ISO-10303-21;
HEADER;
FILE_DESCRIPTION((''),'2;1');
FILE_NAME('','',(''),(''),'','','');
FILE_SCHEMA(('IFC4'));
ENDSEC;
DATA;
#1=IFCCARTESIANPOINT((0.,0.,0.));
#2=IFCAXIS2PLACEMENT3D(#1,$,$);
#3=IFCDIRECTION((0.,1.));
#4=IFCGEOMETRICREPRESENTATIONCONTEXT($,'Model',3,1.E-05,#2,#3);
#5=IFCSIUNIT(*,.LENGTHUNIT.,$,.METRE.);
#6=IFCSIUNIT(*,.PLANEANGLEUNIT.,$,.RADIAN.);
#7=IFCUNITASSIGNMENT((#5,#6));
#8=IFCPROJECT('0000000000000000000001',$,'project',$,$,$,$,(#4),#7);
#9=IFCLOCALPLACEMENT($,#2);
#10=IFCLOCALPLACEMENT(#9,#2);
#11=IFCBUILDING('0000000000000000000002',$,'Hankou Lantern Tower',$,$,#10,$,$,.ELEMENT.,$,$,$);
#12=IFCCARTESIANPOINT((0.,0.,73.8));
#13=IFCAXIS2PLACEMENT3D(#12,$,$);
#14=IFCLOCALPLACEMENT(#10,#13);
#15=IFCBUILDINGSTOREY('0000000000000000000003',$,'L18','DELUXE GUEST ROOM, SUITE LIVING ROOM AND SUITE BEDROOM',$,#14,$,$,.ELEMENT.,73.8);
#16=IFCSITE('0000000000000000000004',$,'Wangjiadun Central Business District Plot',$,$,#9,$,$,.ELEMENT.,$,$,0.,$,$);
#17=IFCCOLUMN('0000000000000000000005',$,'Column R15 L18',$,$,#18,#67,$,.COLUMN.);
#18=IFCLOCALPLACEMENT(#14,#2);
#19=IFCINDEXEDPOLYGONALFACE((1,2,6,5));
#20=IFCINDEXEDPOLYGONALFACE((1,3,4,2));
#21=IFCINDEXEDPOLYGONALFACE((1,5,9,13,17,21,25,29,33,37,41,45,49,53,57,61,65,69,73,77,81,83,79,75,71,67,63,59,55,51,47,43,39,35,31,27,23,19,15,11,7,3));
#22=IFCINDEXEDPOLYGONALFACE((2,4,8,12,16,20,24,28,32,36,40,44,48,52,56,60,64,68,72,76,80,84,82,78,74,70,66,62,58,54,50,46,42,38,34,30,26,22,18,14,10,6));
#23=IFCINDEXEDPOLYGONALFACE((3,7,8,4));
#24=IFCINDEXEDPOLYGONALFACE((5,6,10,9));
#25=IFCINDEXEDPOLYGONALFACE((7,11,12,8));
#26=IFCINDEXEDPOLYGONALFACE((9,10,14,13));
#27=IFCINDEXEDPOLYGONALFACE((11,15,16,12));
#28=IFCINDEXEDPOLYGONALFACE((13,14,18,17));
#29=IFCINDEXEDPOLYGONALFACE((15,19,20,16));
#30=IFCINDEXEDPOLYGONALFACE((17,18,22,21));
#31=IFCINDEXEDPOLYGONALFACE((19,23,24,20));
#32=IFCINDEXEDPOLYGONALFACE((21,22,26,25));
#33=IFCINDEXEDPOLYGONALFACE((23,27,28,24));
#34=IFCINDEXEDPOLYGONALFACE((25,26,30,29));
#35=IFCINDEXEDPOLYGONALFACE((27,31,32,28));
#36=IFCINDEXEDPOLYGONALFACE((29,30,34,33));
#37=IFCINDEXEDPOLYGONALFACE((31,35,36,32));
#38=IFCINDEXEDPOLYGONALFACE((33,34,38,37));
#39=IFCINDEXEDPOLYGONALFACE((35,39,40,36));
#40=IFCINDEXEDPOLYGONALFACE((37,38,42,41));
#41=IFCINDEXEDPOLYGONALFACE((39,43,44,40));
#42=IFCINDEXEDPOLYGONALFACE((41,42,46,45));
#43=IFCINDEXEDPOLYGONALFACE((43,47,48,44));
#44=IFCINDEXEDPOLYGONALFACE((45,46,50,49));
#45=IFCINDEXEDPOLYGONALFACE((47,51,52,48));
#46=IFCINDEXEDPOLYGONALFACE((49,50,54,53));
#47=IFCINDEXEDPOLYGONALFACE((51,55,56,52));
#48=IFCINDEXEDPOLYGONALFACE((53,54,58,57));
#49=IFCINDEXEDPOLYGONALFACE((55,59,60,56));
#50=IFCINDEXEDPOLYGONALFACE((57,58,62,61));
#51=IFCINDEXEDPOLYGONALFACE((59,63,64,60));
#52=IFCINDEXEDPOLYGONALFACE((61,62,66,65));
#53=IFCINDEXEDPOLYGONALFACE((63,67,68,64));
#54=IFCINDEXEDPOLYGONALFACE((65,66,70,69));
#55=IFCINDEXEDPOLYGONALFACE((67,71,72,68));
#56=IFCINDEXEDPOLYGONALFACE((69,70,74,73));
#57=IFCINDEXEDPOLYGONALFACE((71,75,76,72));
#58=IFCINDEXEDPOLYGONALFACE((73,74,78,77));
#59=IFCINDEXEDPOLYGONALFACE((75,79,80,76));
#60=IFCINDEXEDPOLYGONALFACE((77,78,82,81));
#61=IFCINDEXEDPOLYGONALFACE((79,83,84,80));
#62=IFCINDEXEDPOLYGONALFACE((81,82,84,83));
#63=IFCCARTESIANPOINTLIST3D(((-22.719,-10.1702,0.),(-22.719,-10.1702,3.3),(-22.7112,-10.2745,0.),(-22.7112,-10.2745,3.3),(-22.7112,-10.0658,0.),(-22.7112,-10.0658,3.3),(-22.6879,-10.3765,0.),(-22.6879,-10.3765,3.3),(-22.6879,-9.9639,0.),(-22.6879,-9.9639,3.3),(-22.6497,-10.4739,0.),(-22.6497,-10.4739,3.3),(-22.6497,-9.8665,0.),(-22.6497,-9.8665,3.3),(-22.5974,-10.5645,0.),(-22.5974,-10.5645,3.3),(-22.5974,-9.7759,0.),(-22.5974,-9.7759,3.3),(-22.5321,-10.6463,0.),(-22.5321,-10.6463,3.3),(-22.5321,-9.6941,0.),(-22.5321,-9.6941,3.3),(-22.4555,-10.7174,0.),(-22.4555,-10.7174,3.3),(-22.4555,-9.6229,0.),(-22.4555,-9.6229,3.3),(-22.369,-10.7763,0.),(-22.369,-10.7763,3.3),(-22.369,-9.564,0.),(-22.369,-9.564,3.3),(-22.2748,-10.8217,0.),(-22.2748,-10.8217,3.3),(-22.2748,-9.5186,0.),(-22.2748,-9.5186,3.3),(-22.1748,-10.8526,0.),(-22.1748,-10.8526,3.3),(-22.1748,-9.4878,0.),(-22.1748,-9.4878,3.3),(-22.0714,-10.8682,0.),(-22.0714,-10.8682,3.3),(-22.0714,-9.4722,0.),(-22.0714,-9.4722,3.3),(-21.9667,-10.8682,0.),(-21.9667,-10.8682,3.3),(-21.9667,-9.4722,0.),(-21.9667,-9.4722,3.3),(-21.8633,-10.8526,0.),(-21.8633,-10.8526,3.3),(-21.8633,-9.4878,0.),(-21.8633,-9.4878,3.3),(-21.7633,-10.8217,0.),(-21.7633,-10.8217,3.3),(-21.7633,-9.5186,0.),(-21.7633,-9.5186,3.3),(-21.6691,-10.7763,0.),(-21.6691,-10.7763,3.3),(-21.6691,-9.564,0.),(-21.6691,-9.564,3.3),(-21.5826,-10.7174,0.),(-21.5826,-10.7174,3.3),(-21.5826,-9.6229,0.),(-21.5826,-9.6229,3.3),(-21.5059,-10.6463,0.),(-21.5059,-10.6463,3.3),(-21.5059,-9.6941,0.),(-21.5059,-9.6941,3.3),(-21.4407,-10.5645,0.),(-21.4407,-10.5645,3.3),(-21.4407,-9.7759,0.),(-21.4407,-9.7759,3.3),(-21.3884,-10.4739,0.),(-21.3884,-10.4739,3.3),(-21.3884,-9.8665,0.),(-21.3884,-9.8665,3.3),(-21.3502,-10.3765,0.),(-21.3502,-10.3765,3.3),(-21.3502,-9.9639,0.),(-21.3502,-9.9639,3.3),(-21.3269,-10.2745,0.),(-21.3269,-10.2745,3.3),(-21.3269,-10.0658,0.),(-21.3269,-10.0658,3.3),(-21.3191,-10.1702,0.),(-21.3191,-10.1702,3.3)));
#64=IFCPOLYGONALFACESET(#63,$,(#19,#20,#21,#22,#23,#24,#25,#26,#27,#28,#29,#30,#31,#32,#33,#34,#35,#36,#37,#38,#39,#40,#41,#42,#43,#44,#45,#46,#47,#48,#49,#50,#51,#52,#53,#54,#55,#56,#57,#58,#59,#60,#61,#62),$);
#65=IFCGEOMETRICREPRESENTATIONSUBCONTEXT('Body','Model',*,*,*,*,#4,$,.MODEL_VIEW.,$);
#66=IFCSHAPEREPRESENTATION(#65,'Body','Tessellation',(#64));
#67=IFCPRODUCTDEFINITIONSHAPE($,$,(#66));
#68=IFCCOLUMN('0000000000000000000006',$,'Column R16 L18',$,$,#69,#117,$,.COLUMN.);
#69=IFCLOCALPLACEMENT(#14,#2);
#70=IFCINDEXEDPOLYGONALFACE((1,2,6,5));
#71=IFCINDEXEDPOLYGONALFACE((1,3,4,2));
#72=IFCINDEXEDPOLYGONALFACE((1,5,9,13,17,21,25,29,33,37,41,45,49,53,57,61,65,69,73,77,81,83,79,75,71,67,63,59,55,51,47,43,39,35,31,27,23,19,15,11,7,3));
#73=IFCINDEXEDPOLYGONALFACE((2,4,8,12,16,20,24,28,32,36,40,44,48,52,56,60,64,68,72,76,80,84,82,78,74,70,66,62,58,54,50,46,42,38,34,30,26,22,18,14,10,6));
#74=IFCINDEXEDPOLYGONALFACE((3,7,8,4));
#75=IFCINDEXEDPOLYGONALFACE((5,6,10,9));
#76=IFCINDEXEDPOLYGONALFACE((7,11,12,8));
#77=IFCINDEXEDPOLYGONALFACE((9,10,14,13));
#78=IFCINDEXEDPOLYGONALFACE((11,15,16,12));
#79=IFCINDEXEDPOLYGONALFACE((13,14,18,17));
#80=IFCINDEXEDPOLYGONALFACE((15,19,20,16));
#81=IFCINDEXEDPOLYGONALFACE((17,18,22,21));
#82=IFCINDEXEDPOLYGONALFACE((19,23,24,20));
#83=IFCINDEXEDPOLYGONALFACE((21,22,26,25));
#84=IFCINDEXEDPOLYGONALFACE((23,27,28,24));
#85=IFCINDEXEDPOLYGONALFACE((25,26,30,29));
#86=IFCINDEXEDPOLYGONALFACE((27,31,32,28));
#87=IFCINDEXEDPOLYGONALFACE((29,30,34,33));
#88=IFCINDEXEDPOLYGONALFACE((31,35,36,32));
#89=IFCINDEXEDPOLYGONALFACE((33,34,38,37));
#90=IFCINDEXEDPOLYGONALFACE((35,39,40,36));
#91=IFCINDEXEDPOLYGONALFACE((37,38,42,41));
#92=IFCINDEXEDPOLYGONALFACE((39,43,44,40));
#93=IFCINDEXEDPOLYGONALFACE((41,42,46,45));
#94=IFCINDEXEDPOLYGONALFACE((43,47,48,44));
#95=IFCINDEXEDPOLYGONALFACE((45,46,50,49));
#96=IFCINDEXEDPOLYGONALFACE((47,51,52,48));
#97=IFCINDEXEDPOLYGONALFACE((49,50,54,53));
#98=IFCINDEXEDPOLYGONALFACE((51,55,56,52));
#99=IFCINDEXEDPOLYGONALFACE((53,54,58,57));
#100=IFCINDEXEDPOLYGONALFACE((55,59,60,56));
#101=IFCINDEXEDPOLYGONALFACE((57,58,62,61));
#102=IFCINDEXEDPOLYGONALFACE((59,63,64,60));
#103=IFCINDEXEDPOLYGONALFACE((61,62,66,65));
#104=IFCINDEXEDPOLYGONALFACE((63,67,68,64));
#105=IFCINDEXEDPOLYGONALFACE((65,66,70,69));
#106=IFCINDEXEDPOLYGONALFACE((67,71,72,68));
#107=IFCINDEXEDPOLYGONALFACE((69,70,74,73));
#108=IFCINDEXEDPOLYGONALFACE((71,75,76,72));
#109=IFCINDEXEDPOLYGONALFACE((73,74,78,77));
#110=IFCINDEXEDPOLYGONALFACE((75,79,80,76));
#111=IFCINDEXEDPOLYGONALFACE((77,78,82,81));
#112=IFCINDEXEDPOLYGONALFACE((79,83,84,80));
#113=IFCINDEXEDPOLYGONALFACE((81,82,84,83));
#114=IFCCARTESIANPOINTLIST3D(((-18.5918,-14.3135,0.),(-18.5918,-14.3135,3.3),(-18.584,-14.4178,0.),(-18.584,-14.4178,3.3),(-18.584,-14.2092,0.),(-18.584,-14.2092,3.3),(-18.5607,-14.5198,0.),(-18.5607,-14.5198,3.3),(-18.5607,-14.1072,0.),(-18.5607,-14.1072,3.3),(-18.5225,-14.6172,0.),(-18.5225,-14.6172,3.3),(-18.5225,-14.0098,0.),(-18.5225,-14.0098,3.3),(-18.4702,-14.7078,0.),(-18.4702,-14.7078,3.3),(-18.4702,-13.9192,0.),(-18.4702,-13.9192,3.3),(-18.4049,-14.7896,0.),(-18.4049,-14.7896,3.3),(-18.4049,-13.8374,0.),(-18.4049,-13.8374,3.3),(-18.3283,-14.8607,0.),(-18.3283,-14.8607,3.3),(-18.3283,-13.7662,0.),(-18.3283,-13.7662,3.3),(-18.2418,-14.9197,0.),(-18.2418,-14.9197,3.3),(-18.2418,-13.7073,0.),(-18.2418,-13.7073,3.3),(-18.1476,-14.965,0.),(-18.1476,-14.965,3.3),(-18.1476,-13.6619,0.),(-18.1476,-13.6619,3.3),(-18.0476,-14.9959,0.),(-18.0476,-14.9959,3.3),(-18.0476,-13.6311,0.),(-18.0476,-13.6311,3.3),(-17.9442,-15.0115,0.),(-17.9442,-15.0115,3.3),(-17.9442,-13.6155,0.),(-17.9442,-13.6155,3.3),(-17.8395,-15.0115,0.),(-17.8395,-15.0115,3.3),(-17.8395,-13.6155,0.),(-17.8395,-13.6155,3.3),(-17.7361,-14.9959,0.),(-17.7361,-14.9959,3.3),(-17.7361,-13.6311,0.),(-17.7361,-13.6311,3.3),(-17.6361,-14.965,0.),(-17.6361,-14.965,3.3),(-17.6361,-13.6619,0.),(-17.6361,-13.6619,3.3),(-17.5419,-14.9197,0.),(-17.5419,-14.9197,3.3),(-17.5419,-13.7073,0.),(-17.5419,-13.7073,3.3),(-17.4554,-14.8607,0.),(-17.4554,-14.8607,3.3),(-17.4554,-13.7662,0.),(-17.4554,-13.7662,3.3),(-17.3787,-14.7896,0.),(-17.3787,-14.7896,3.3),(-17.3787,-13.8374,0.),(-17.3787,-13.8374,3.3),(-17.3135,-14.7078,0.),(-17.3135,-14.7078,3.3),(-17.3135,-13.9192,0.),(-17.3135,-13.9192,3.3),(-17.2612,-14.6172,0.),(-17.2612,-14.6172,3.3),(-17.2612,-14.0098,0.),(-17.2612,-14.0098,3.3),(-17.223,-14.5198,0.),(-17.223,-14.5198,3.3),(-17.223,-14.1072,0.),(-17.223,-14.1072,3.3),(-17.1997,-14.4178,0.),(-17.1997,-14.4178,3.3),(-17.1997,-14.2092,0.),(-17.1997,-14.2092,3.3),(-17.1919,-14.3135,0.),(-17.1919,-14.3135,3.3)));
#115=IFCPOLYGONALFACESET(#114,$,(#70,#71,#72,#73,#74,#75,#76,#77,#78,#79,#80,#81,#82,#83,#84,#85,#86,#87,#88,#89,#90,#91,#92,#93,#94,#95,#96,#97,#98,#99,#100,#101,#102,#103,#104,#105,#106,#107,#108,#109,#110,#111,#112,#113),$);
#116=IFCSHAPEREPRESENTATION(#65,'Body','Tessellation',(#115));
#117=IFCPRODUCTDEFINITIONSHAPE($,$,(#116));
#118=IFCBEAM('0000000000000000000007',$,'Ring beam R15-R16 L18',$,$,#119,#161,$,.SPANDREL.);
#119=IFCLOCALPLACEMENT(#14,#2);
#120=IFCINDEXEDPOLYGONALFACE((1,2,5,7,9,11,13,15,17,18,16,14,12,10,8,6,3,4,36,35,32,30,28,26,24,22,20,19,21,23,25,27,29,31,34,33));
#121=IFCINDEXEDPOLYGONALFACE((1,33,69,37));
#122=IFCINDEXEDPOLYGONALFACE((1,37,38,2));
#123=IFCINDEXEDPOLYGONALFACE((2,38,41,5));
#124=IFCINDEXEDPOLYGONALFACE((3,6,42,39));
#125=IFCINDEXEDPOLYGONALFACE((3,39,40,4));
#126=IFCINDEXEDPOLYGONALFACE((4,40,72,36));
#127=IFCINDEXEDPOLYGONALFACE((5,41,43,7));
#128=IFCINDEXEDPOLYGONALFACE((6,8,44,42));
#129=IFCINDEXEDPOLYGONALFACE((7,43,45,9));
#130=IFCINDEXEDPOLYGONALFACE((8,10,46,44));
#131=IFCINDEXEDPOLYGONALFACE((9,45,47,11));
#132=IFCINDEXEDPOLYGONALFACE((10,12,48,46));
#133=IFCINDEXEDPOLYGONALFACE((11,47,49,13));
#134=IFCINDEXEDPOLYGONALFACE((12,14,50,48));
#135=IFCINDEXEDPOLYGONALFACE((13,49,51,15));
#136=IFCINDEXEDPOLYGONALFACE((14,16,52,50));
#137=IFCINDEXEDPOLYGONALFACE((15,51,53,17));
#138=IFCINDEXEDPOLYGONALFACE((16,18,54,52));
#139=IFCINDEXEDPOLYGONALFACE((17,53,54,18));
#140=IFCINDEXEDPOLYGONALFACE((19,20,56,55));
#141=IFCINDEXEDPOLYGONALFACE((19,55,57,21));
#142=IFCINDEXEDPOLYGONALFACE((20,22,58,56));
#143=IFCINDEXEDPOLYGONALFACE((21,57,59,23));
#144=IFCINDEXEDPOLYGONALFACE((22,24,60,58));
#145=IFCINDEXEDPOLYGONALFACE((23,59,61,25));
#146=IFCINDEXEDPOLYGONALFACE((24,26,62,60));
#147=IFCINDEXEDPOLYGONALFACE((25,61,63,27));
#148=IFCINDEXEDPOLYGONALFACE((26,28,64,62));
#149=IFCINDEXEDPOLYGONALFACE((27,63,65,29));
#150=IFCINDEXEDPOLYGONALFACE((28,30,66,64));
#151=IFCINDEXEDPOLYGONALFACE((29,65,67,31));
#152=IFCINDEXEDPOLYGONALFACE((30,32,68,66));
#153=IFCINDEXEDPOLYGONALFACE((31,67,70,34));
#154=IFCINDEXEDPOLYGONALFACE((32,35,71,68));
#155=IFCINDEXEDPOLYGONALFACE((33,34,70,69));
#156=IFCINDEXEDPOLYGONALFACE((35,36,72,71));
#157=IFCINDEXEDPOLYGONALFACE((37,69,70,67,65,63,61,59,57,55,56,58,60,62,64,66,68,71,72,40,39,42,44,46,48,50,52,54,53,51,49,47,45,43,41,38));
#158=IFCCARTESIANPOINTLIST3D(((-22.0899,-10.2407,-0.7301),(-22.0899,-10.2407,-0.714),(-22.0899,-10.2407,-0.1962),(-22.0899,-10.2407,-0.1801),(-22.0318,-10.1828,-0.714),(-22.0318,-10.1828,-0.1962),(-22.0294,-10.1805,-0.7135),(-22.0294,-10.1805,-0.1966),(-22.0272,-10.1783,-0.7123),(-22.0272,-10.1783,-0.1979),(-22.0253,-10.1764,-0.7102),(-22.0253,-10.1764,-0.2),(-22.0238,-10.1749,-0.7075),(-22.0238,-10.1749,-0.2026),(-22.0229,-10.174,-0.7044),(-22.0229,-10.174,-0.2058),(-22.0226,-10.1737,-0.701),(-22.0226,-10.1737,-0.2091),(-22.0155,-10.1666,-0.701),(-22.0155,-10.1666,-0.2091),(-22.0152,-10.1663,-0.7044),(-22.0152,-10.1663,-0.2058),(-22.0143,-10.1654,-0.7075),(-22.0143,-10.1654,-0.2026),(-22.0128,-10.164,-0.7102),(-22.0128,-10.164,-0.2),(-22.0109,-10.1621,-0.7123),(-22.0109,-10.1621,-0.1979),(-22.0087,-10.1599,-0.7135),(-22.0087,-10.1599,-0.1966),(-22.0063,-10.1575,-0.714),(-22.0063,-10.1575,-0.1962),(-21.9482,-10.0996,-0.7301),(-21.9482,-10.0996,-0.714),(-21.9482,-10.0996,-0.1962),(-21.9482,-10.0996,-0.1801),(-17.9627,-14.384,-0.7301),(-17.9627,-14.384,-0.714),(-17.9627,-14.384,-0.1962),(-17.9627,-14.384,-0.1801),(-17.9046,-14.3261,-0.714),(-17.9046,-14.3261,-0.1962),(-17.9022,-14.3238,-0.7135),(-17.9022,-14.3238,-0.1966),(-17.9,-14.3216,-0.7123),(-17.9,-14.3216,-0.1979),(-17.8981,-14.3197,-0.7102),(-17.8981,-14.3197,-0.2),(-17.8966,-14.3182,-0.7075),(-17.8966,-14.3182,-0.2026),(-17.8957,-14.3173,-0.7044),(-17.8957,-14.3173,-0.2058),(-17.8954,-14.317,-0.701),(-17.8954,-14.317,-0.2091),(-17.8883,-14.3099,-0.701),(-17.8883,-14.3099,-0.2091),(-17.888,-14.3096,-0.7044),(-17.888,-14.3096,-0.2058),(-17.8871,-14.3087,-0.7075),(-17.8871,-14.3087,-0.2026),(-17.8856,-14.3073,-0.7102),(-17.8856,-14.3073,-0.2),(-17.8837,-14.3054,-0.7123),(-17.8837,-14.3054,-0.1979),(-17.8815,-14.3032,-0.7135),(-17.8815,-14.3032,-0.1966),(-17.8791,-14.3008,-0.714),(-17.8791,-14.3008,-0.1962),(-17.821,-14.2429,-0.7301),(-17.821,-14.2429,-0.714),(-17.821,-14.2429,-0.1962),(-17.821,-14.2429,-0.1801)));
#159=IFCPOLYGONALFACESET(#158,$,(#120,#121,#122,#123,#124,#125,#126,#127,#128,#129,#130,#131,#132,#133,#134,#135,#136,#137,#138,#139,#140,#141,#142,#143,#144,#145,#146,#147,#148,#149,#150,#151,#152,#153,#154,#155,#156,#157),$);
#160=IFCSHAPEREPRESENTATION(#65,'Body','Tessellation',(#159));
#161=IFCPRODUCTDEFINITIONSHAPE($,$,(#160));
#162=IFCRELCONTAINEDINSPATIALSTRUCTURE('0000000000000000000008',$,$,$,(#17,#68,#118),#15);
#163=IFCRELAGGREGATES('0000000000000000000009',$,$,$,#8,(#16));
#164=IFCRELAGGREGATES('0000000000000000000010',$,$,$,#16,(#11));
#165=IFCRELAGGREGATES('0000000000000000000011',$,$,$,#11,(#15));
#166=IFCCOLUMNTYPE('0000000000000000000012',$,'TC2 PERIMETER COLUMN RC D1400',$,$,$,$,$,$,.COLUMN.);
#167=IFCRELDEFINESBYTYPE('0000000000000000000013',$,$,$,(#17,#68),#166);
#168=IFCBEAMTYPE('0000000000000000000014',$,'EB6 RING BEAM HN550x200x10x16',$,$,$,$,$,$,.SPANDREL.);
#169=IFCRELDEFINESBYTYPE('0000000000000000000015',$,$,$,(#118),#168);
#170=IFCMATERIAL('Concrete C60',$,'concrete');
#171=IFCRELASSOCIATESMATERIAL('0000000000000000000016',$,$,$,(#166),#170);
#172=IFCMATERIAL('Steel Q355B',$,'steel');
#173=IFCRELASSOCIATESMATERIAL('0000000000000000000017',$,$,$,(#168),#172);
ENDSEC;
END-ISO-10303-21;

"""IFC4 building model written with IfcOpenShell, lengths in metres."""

from ifc_helpers import new_model, si_unit, direction, frame, origin, origin_2d, place, context, subcontext, project, spatial, circle, i_section, extrude, material, material_profile, profile_set, type_object, element, save


model = new_model("IFC4")

# Units and contexts
model_context = context("Model", 3, precision=1e-05, world=origin(), true_north=direction((0.0, 1.0)))
body_context = subcontext(model_context, "Body", "Model", "MODEL_VIEW")
ifc_project = project(units=[si_unit("LENGTHUNIT", "METRE"), si_unit("PLANEANGLEUNIT", "RADIAN")], contexts=[model_context])

# Site, building, storey
site_placement = place(None, origin())
site = spatial("IfcSite", under=ifc_project, at=site_placement, Name="Wangjiadun Central Business District Plot", CompositionType="ELEMENT", RefElevation=0.0)
building_placement = place(site_placement, origin())
building = spatial("IfcBuilding", under=site, at=building_placement, Name="Hankou Lantern Tower", CompositionType="ELEMENT")
storey_placement = place(building_placement, frame((0.0, 0.0, 73.8)))
storey = spatial("IfcBuildingStorey", under=building, at=storey_placement, Name="L18", Description="DELUXE GUEST ROOM, SUITE LIVING ROOM AND SUITE BEDROOM", CompositionType="ELEMENT", Elevation=73.8)

# Columns
ifc_material_1 = material(Name="Concrete C60", Category="concrete")
ifc_material_profile_1 = material_profile(ifc_material_1, circle(Radius=0.7, at=origin_2d()), Name="RC D1400")
ifc_profile_set_1 = profile_set([ifc_material_profile_1], Name="Concrete C60")
column_type = type_object("IfcColumnType", Name="TC2 PERIMETER COLUMN RC D1400", PredefinedType="COLUMN", material=ifc_profile_set_1)
for number, where, z_axis, x_axis, name in (
    (1, (-22.019, -10.1702, 0.0), (0.0, 0.0, 1.0), (1.0, 0.0, 0.0), "Column R15 L18"),
    (2, (-17.8918, -14.3135, 0.0), (0.0, 0.0, 1.0), (1.0, 0.0, 0.0), "Column R16 L18"),
):
    element("IfcColumn", number, at=place(storey_placement, frame(where, z_axis=z_axis, x_axis=x_axis)), inside=storey, type_object=column_type, Name=name, PredefinedType="COLUMN", context=body_context, shape_type="SweptSolid", body=[
        extrude(circle(Radius=0.7, at=origin_2d()), origin(), (0.0, 0.0, 1.0), 3.3),
    ])

# Beam
ifc_material_2 = material(Name="Steel Q355B", Category="steel")
ifc_material_profile_2 = material_profile(ifc_material_2, i_section(OverallWidth=0.2, OverallDepth=0.55, WebThickness=0.01, FlangeThickness=0.0161, FilletRadius=0.0129, at=origin_2d()), Name="HN550x200x10x16")
ifc_profile_set_2 = profile_set([ifc_material_profile_2], Name="Steel Q355B")
beam_type_1 = type_object("IfcBeamType", Name="EB6 RING BEAM HN550x200x10x16", PredefinedType="SPANDREL", material=ifc_profile_set_2)
beam_1_placement = place(storey_placement, frame((-22.019, -10.1702, -0.4551), z_axis=(0.705728, -0.708483, 0.0), x_axis=(0.708483, 0.705728, 0.0)))
element("IfcBeam", 3, at=beam_1_placement, inside=storey, type_object=beam_type_1, Name="Ring beam R15-R16 L18", PredefinedType="SPANDREL", context=body_context, shape_type="SweptSolid", body=[
    extrude(i_section(OverallWidth=0.2, OverallDepth=0.55, WebThickness=0.01, FlangeThickness=0.0161, FilletRadius=0.0129, at=origin_2d()), origin(), (0.0, 0.0, 1.0), 5.8481),
])

save(model, "model.ifc")
